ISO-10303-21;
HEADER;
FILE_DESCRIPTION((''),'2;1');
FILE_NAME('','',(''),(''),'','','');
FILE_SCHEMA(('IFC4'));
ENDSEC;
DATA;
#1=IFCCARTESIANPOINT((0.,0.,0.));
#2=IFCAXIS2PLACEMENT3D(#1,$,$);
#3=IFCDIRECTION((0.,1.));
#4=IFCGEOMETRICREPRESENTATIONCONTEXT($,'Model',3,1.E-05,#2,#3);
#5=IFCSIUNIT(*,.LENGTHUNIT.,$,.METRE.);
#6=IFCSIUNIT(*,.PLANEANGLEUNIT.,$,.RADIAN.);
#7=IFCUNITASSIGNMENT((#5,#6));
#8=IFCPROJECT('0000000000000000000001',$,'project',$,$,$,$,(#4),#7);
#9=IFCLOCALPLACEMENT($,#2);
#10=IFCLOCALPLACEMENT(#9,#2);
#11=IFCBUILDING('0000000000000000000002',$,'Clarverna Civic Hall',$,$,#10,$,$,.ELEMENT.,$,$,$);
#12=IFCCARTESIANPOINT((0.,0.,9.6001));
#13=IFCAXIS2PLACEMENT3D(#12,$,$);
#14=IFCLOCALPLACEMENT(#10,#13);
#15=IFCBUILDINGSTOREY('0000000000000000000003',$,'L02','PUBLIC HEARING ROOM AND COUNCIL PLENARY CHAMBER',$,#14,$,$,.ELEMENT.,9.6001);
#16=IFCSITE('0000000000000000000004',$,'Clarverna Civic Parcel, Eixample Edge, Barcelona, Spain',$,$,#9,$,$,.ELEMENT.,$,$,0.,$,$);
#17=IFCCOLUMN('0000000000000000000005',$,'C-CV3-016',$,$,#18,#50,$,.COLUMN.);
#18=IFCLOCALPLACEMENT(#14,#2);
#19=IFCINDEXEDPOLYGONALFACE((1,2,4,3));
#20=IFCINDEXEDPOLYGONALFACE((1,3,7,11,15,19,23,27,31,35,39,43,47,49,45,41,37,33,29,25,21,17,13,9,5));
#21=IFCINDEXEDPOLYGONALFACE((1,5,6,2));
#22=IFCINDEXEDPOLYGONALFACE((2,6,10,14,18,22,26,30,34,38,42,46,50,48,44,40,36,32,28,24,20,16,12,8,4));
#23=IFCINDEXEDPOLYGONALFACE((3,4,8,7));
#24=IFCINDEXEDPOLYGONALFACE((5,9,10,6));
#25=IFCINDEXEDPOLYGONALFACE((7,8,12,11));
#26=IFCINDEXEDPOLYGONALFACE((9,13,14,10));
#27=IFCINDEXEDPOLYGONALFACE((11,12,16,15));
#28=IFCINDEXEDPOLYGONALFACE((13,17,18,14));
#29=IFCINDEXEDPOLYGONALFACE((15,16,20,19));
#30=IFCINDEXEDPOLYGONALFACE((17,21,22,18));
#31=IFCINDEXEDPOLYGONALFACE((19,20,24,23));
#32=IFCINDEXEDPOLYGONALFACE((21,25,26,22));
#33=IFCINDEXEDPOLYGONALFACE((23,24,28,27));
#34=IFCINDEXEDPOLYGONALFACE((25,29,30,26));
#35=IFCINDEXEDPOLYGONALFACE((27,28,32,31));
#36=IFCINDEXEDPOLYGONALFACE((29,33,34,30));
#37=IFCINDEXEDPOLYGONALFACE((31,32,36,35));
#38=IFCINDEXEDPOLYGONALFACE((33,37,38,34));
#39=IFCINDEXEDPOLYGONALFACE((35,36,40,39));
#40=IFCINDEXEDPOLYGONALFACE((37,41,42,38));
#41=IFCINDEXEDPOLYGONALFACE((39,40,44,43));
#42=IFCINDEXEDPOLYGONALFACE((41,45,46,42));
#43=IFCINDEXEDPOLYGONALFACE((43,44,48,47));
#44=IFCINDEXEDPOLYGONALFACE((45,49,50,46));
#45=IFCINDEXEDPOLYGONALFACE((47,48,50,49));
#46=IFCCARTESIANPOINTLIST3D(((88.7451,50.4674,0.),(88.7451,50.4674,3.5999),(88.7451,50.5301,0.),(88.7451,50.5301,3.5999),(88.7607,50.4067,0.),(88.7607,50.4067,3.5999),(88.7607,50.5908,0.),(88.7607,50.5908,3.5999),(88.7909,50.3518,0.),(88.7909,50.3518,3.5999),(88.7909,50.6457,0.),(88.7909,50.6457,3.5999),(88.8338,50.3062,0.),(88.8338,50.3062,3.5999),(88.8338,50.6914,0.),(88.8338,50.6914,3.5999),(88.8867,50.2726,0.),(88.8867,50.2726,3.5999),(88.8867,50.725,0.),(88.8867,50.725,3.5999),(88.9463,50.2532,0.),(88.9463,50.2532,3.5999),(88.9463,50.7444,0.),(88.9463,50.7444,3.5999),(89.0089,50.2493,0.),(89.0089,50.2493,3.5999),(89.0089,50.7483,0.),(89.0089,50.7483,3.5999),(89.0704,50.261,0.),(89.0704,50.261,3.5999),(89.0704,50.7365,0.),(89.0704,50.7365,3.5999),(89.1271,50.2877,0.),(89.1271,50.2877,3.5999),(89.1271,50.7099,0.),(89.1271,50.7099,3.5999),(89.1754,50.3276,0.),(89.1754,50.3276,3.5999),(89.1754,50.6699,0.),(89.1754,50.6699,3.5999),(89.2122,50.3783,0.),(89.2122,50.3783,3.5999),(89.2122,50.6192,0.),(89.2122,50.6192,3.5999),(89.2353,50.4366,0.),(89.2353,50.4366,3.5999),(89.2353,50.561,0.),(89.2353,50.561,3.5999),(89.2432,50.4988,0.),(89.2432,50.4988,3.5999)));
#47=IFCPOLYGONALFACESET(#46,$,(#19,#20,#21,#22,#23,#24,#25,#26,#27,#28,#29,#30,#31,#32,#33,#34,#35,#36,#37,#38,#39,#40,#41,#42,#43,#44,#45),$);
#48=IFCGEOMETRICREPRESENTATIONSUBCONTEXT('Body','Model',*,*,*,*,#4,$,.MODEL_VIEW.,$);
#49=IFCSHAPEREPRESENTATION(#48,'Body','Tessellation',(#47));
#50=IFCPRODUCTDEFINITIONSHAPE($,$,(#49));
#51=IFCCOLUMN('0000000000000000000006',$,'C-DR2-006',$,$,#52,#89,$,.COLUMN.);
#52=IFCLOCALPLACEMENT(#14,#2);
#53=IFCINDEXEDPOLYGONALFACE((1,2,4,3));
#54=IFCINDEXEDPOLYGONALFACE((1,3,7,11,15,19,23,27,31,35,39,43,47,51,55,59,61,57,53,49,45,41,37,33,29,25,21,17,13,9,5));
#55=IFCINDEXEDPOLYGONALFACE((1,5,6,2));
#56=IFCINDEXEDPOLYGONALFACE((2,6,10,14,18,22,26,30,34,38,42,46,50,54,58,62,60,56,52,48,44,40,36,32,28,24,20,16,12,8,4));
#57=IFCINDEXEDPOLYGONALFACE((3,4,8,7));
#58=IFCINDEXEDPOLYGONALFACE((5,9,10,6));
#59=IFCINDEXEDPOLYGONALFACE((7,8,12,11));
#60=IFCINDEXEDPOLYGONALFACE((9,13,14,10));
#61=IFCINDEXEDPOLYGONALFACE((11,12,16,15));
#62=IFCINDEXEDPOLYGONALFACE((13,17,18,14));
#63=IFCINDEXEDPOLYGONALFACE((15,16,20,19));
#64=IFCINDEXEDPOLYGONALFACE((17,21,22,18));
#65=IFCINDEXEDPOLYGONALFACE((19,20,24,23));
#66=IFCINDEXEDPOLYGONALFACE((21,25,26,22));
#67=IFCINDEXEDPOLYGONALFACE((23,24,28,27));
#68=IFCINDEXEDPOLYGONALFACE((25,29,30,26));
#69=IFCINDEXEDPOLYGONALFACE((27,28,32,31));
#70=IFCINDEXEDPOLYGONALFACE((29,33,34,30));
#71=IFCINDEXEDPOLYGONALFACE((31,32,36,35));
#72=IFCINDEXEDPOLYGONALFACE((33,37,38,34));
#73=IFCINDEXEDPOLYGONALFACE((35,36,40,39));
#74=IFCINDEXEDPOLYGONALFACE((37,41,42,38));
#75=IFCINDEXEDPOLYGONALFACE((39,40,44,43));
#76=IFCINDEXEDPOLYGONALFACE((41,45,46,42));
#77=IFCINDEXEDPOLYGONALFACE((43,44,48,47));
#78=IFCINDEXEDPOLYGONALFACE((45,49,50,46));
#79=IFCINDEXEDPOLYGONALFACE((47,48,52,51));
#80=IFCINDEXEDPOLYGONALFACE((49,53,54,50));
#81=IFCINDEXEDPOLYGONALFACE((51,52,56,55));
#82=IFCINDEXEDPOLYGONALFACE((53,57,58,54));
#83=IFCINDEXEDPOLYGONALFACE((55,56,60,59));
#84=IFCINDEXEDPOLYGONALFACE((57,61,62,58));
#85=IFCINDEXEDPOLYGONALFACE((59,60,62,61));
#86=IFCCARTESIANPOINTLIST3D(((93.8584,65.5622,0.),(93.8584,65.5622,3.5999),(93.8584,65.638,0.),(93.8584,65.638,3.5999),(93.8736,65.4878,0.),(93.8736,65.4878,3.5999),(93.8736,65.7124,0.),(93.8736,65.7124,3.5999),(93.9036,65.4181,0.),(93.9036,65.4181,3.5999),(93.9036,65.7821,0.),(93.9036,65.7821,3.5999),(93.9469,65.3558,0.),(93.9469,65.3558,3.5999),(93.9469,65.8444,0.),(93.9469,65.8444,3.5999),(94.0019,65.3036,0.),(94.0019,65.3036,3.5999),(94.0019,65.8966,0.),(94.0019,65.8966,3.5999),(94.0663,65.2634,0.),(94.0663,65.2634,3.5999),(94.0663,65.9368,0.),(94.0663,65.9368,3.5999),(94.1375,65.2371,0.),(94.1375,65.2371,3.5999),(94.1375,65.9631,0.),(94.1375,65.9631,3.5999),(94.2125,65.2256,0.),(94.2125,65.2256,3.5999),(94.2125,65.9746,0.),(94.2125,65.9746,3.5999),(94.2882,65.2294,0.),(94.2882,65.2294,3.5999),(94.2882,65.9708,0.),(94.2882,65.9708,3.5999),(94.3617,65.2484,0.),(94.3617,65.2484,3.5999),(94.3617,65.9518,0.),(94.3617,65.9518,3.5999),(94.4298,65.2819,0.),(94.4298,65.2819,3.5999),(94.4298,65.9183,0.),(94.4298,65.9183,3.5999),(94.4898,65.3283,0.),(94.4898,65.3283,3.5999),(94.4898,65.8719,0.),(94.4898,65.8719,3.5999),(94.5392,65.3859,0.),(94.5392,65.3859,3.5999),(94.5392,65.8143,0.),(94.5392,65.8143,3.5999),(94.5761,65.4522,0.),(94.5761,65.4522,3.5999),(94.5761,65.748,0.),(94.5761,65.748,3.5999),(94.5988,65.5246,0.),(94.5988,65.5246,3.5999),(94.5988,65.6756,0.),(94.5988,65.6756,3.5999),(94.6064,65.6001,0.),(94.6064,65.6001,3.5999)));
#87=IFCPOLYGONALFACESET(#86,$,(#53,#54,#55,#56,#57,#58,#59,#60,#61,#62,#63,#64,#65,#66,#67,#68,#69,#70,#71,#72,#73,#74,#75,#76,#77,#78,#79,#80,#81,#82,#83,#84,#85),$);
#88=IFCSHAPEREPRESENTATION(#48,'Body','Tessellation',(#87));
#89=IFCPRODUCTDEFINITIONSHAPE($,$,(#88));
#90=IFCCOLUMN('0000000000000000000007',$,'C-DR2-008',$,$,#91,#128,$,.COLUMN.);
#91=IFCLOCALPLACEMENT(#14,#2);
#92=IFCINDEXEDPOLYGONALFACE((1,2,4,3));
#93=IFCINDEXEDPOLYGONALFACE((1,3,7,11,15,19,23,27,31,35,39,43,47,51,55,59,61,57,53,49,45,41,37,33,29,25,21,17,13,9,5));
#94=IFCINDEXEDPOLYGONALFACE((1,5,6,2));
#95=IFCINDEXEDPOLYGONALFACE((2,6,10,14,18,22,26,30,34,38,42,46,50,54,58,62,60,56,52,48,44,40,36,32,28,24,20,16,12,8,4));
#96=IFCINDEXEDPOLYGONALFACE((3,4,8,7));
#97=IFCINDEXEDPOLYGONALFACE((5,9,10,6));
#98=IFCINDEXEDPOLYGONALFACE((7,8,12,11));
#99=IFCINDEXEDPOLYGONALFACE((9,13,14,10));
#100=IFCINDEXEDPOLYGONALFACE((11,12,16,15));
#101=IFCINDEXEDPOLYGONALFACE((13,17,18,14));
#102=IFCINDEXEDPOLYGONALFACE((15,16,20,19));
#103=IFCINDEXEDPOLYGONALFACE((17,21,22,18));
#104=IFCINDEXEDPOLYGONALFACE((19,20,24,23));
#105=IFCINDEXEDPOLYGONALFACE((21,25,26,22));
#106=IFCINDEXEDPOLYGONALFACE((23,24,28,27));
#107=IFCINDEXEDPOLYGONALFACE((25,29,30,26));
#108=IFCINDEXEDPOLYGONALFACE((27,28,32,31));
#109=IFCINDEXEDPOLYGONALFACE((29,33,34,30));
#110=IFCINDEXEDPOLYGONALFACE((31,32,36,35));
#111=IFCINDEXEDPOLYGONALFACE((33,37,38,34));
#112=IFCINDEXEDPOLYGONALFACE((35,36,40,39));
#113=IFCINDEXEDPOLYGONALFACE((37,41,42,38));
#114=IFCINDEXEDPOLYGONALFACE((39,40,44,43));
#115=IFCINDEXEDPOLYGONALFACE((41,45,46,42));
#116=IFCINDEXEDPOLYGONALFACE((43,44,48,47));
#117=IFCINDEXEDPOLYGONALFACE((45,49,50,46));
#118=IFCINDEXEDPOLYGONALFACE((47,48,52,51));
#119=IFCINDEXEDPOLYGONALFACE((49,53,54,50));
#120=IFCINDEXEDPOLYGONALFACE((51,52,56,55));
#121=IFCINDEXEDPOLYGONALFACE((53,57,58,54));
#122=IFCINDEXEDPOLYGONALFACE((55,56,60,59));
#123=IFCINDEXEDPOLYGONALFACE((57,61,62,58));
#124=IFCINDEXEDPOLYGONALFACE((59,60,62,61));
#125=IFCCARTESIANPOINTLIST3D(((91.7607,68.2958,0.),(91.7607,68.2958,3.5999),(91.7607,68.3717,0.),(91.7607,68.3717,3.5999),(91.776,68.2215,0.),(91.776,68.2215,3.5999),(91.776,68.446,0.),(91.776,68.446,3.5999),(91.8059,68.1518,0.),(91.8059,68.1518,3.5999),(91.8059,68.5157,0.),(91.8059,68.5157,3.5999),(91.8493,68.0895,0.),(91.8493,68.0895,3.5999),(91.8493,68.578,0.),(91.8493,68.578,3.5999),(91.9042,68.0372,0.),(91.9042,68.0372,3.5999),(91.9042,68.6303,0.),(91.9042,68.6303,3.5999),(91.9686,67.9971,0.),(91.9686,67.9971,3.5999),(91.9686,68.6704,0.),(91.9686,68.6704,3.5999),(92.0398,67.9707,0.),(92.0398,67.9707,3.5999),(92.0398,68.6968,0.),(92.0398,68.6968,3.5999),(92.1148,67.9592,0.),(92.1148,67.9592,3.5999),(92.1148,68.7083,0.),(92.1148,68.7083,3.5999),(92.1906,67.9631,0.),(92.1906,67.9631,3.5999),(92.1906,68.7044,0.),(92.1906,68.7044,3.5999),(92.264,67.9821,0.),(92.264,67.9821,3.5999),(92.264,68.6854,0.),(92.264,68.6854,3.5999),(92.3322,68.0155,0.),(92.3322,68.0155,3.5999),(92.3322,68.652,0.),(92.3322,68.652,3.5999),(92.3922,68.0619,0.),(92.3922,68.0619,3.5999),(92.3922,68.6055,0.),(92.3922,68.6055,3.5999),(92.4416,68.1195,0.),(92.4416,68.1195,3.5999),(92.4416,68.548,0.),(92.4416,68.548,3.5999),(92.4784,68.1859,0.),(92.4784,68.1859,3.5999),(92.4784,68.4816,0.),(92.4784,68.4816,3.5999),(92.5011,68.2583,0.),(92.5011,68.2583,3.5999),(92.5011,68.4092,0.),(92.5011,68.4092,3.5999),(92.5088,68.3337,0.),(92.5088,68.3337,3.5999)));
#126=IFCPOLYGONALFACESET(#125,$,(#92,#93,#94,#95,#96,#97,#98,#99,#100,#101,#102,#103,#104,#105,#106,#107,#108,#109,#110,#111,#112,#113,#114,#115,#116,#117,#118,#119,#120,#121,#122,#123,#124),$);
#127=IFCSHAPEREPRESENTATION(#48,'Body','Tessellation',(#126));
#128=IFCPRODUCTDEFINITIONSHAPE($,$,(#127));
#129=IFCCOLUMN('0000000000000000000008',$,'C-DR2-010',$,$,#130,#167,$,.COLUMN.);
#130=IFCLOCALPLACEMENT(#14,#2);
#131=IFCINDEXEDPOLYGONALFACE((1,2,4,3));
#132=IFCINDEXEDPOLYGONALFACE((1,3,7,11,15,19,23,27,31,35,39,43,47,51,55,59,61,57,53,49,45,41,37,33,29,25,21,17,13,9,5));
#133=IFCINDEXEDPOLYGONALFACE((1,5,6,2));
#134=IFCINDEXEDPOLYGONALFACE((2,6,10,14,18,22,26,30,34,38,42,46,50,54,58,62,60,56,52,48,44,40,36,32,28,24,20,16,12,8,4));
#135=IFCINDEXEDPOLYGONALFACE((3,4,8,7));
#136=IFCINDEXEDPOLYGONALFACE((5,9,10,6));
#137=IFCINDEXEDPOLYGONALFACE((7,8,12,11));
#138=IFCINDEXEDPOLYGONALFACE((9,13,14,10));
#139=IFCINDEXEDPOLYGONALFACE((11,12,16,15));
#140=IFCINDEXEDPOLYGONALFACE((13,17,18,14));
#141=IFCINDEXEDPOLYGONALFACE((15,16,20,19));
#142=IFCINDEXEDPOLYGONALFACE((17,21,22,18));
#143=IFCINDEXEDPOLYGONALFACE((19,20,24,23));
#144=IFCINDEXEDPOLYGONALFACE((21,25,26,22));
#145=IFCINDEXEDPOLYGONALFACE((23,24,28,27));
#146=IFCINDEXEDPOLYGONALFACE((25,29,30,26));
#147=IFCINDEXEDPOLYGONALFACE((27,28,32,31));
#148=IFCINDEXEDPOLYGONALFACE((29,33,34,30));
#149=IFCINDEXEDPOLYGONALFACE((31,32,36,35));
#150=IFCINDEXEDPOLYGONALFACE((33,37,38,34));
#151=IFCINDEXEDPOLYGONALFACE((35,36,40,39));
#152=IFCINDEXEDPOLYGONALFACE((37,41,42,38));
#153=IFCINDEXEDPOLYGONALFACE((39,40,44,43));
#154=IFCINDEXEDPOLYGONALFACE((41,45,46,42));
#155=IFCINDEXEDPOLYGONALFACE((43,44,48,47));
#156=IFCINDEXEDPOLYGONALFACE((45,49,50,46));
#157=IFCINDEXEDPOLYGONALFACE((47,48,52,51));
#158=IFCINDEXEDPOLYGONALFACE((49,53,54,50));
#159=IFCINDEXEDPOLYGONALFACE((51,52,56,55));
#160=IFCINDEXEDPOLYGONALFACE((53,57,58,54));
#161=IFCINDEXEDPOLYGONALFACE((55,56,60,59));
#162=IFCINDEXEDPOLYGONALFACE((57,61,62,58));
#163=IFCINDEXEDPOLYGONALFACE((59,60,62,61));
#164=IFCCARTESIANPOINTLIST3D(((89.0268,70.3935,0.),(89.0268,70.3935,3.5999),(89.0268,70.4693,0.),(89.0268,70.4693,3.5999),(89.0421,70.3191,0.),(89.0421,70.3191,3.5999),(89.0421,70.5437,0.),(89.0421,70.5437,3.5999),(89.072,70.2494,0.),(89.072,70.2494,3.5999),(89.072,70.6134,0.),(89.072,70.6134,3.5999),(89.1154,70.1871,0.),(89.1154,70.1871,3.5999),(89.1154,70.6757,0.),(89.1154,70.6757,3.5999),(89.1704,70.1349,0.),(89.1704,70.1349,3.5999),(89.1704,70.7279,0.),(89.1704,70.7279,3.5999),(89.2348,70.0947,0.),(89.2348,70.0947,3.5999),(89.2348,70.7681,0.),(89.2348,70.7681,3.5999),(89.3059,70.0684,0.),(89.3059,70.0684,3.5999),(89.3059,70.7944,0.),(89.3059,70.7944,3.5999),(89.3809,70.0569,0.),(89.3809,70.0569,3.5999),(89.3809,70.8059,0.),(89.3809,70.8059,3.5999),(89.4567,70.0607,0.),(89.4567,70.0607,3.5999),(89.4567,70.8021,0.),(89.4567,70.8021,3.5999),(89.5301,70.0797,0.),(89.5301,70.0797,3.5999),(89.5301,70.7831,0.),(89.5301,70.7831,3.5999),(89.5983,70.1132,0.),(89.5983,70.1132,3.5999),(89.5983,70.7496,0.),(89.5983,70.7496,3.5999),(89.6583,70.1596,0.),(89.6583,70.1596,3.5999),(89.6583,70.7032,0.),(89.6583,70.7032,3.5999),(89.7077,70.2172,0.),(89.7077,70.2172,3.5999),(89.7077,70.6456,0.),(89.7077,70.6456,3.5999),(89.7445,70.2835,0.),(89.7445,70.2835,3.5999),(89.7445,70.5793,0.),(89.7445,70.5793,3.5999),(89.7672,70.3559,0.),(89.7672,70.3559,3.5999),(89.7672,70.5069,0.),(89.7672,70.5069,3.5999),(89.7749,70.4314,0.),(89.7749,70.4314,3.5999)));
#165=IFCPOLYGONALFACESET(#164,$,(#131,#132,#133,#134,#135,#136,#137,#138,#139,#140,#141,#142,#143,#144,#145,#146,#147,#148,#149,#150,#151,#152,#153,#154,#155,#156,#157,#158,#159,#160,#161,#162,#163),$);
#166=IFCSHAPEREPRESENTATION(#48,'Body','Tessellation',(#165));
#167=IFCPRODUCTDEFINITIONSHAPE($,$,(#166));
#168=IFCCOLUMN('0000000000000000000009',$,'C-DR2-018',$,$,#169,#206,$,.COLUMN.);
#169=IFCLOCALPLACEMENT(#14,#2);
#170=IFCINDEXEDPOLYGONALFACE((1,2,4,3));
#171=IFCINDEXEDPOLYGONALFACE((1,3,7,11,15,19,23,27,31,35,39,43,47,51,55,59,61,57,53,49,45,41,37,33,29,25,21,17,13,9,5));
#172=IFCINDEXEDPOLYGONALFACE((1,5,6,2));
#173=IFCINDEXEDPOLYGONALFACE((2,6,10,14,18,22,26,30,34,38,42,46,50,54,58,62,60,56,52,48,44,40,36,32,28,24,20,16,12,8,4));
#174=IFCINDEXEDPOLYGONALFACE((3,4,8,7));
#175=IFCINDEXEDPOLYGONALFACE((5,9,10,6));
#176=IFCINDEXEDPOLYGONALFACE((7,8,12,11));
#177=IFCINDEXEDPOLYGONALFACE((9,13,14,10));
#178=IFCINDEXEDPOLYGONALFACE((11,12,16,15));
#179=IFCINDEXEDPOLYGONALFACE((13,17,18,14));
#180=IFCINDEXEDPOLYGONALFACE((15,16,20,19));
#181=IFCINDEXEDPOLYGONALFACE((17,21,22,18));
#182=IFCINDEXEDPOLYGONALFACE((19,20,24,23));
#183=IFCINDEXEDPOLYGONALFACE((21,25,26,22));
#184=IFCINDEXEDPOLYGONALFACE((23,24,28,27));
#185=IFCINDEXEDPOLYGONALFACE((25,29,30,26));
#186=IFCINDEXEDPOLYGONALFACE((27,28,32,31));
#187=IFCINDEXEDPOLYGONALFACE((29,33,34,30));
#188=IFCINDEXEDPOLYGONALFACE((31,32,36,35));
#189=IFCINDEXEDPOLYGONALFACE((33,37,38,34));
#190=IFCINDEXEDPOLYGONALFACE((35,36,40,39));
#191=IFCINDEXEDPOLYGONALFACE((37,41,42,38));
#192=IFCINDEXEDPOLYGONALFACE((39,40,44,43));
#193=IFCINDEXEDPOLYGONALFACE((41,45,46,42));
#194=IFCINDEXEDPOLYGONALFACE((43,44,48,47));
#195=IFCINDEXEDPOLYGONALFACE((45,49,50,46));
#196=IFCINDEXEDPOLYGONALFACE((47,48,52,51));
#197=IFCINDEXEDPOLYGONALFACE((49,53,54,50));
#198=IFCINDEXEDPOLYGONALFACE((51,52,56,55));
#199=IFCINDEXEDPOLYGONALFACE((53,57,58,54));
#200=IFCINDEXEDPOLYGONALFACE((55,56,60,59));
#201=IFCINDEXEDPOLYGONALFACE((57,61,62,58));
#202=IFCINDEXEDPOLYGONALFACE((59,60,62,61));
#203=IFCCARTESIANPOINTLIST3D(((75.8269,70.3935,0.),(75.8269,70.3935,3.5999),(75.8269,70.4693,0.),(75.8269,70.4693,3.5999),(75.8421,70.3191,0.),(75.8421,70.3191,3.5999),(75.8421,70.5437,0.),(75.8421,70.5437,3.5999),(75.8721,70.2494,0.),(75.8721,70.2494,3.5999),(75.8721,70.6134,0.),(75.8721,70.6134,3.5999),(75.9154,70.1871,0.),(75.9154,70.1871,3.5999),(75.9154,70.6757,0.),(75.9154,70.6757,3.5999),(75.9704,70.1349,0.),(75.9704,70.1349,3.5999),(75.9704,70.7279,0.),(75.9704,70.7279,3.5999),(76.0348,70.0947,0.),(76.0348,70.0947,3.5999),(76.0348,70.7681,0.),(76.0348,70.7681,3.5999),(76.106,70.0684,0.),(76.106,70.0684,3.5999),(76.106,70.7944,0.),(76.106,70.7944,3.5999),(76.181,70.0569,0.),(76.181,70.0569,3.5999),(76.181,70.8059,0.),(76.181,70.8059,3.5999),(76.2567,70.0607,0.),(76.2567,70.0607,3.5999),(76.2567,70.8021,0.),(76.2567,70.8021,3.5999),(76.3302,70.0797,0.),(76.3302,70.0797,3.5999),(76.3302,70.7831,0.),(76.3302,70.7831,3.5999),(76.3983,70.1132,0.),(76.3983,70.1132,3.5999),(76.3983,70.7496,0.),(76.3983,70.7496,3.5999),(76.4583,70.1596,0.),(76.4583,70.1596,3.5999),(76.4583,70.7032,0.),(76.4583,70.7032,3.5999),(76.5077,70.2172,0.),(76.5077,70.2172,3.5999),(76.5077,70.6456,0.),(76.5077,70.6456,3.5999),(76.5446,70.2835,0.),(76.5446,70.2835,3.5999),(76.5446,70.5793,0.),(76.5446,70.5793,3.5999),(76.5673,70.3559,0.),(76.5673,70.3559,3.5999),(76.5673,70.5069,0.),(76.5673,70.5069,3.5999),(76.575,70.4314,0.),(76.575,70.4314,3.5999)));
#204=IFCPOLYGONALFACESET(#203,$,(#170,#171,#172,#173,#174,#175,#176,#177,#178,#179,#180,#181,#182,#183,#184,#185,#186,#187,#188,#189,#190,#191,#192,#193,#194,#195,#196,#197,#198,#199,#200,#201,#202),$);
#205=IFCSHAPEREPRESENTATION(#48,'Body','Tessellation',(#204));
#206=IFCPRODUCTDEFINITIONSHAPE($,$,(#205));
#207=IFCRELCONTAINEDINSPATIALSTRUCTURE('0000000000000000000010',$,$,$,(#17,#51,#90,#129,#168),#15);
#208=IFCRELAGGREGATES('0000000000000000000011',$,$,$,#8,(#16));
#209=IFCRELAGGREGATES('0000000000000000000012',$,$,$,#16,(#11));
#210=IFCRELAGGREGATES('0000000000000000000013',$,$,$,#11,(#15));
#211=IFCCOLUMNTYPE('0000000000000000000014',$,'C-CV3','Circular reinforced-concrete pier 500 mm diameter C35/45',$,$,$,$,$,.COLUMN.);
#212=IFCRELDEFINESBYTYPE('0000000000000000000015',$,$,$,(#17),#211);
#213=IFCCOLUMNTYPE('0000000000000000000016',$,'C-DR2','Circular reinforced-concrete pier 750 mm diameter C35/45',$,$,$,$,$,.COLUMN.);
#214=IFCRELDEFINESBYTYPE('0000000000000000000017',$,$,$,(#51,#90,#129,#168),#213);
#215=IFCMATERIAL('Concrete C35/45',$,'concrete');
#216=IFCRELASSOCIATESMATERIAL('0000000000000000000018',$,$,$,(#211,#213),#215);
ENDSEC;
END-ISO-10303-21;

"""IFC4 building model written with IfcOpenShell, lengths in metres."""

from ifc_helpers import new_model, si_unit, direction, frame, origin, origin_2d, place, context, subcontext, project, spatial, circle, extrude, material, material_profile, profile_set, type_object, element, save


model = new_model("IFC4")

# Units and contexts
model_context = context("Model", 3, precision=1e-05, world=origin(), true_north=direction((0.0, 1.0)))
body_context = subcontext(model_context, "Body", "Model", "MODEL_VIEW")
ifc_project = project(units=[si_unit("LENGTHUNIT", "METRE"), si_unit("PLANEANGLEUNIT", "RADIAN")], contexts=[model_context])

# Site, building, storey
site_placement = place(None, origin())
site = spatial("IfcSite", under=ifc_project, at=site_placement, Name="Clarverna Civic Parcel, Eixample Edge, Barcelona, Spain", CompositionType="ELEMENT", RefElevation=0.0)
building_placement = place(site_placement, origin())
building = spatial("IfcBuilding", under=site, at=building_placement, Name="Clarverna Civic Hall", CompositionType="ELEMENT")
storey_placement = place(building_placement, frame((0.0, 0.0, 9.6001)))
storey = spatial("IfcBuildingStorey", under=building, at=storey_placement, Name="L02", Description="PUBLIC HEARING ROOM AND COUNCIL PLENARY CHAMBER", CompositionType="ELEMENT", Elevation=9.6001)

# Columns
ifc_material_1 = material(Name="Concrete C35/45", Category="concrete")
ifc_material_profile_1 = material_profile(ifc_material_1, circle(Radius=0.25, at=origin_2d()), Name="RC D500")
ifc_profile_set_1 = profile_set([ifc_material_profile_1], Name="Concrete C35/45")
column_type_1 = type_object("IfcColumnType", Name="C-CV3", Description="Circular reinforced-concrete pier 500 mm diameter C35/45", PredefinedType="COLUMN", material=ifc_profile_set_1)
column_placement = place(storey_placement, frame((88.9932, 50.4988, 0.0), z_axis=(0.0, 0.0, 1.0), x_axis=(1.0, 0.0, 0.0)))
element("IfcColumn", 1, at=column_placement, inside=storey, type_object=column_type_1, Name="C-CV3-016", PredefinedType="COLUMN", context=body_context, shape_type="SweptSolid", body=[
    extrude(circle(Radius=0.25, at=origin_2d()), origin(), (0.0, 0.0, 1.0), 3.5999),
])
ifc_material_profile_2 = material_profile(ifc_material_1, circle(Radius=0.375, at=origin_2d()), Name="RC D750")
ifc_profile_set_2 = profile_set([ifc_material_profile_2], Name="Concrete C35/45")
column_type_2 = type_object("IfcColumnType", Name="C-DR2", Description="Circular reinforced-concrete pier 750 mm diameter C35/45", PredefinedType="COLUMN", material=ifc_profile_set_2)
for number, where, z_axis, x_axis, name in (
    (2, (94.2314, 65.6001, 0.0), (0.0, 0.0, 1.0), (1.0, 0.0, 0.0), "C-DR2-006"),
    (3, (92.1338, 68.3337, 0.0), (0.0, 0.0, 1.0), (1.0, 0.0, 0.0), "C-DR2-008"),
    (4, (89.3999, 70.4314, 0.0), (0.0, 0.0, 1.0), (1.0, 0.0, 0.0), "C-DR2-010"),
    (5, (76.2, 70.4314, 0.0), (0.0, 0.0, 1.0), (1.0, 0.0, 0.0), "C-DR2-018"),
):
    element("IfcColumn", number, at=place(storey_placement, frame(where, z_axis=z_axis, x_axis=x_axis)), inside=storey, type_object=column_type_2, Name=name, PredefinedType="COLUMN", context=body_context, shape_type="SweptSolid", body=[
        extrude(circle(Radius=0.375, at=origin_2d()), origin(), (0.0, 0.0, 1.0), 3.5999),
    ])

save(model, "model.ifc")
